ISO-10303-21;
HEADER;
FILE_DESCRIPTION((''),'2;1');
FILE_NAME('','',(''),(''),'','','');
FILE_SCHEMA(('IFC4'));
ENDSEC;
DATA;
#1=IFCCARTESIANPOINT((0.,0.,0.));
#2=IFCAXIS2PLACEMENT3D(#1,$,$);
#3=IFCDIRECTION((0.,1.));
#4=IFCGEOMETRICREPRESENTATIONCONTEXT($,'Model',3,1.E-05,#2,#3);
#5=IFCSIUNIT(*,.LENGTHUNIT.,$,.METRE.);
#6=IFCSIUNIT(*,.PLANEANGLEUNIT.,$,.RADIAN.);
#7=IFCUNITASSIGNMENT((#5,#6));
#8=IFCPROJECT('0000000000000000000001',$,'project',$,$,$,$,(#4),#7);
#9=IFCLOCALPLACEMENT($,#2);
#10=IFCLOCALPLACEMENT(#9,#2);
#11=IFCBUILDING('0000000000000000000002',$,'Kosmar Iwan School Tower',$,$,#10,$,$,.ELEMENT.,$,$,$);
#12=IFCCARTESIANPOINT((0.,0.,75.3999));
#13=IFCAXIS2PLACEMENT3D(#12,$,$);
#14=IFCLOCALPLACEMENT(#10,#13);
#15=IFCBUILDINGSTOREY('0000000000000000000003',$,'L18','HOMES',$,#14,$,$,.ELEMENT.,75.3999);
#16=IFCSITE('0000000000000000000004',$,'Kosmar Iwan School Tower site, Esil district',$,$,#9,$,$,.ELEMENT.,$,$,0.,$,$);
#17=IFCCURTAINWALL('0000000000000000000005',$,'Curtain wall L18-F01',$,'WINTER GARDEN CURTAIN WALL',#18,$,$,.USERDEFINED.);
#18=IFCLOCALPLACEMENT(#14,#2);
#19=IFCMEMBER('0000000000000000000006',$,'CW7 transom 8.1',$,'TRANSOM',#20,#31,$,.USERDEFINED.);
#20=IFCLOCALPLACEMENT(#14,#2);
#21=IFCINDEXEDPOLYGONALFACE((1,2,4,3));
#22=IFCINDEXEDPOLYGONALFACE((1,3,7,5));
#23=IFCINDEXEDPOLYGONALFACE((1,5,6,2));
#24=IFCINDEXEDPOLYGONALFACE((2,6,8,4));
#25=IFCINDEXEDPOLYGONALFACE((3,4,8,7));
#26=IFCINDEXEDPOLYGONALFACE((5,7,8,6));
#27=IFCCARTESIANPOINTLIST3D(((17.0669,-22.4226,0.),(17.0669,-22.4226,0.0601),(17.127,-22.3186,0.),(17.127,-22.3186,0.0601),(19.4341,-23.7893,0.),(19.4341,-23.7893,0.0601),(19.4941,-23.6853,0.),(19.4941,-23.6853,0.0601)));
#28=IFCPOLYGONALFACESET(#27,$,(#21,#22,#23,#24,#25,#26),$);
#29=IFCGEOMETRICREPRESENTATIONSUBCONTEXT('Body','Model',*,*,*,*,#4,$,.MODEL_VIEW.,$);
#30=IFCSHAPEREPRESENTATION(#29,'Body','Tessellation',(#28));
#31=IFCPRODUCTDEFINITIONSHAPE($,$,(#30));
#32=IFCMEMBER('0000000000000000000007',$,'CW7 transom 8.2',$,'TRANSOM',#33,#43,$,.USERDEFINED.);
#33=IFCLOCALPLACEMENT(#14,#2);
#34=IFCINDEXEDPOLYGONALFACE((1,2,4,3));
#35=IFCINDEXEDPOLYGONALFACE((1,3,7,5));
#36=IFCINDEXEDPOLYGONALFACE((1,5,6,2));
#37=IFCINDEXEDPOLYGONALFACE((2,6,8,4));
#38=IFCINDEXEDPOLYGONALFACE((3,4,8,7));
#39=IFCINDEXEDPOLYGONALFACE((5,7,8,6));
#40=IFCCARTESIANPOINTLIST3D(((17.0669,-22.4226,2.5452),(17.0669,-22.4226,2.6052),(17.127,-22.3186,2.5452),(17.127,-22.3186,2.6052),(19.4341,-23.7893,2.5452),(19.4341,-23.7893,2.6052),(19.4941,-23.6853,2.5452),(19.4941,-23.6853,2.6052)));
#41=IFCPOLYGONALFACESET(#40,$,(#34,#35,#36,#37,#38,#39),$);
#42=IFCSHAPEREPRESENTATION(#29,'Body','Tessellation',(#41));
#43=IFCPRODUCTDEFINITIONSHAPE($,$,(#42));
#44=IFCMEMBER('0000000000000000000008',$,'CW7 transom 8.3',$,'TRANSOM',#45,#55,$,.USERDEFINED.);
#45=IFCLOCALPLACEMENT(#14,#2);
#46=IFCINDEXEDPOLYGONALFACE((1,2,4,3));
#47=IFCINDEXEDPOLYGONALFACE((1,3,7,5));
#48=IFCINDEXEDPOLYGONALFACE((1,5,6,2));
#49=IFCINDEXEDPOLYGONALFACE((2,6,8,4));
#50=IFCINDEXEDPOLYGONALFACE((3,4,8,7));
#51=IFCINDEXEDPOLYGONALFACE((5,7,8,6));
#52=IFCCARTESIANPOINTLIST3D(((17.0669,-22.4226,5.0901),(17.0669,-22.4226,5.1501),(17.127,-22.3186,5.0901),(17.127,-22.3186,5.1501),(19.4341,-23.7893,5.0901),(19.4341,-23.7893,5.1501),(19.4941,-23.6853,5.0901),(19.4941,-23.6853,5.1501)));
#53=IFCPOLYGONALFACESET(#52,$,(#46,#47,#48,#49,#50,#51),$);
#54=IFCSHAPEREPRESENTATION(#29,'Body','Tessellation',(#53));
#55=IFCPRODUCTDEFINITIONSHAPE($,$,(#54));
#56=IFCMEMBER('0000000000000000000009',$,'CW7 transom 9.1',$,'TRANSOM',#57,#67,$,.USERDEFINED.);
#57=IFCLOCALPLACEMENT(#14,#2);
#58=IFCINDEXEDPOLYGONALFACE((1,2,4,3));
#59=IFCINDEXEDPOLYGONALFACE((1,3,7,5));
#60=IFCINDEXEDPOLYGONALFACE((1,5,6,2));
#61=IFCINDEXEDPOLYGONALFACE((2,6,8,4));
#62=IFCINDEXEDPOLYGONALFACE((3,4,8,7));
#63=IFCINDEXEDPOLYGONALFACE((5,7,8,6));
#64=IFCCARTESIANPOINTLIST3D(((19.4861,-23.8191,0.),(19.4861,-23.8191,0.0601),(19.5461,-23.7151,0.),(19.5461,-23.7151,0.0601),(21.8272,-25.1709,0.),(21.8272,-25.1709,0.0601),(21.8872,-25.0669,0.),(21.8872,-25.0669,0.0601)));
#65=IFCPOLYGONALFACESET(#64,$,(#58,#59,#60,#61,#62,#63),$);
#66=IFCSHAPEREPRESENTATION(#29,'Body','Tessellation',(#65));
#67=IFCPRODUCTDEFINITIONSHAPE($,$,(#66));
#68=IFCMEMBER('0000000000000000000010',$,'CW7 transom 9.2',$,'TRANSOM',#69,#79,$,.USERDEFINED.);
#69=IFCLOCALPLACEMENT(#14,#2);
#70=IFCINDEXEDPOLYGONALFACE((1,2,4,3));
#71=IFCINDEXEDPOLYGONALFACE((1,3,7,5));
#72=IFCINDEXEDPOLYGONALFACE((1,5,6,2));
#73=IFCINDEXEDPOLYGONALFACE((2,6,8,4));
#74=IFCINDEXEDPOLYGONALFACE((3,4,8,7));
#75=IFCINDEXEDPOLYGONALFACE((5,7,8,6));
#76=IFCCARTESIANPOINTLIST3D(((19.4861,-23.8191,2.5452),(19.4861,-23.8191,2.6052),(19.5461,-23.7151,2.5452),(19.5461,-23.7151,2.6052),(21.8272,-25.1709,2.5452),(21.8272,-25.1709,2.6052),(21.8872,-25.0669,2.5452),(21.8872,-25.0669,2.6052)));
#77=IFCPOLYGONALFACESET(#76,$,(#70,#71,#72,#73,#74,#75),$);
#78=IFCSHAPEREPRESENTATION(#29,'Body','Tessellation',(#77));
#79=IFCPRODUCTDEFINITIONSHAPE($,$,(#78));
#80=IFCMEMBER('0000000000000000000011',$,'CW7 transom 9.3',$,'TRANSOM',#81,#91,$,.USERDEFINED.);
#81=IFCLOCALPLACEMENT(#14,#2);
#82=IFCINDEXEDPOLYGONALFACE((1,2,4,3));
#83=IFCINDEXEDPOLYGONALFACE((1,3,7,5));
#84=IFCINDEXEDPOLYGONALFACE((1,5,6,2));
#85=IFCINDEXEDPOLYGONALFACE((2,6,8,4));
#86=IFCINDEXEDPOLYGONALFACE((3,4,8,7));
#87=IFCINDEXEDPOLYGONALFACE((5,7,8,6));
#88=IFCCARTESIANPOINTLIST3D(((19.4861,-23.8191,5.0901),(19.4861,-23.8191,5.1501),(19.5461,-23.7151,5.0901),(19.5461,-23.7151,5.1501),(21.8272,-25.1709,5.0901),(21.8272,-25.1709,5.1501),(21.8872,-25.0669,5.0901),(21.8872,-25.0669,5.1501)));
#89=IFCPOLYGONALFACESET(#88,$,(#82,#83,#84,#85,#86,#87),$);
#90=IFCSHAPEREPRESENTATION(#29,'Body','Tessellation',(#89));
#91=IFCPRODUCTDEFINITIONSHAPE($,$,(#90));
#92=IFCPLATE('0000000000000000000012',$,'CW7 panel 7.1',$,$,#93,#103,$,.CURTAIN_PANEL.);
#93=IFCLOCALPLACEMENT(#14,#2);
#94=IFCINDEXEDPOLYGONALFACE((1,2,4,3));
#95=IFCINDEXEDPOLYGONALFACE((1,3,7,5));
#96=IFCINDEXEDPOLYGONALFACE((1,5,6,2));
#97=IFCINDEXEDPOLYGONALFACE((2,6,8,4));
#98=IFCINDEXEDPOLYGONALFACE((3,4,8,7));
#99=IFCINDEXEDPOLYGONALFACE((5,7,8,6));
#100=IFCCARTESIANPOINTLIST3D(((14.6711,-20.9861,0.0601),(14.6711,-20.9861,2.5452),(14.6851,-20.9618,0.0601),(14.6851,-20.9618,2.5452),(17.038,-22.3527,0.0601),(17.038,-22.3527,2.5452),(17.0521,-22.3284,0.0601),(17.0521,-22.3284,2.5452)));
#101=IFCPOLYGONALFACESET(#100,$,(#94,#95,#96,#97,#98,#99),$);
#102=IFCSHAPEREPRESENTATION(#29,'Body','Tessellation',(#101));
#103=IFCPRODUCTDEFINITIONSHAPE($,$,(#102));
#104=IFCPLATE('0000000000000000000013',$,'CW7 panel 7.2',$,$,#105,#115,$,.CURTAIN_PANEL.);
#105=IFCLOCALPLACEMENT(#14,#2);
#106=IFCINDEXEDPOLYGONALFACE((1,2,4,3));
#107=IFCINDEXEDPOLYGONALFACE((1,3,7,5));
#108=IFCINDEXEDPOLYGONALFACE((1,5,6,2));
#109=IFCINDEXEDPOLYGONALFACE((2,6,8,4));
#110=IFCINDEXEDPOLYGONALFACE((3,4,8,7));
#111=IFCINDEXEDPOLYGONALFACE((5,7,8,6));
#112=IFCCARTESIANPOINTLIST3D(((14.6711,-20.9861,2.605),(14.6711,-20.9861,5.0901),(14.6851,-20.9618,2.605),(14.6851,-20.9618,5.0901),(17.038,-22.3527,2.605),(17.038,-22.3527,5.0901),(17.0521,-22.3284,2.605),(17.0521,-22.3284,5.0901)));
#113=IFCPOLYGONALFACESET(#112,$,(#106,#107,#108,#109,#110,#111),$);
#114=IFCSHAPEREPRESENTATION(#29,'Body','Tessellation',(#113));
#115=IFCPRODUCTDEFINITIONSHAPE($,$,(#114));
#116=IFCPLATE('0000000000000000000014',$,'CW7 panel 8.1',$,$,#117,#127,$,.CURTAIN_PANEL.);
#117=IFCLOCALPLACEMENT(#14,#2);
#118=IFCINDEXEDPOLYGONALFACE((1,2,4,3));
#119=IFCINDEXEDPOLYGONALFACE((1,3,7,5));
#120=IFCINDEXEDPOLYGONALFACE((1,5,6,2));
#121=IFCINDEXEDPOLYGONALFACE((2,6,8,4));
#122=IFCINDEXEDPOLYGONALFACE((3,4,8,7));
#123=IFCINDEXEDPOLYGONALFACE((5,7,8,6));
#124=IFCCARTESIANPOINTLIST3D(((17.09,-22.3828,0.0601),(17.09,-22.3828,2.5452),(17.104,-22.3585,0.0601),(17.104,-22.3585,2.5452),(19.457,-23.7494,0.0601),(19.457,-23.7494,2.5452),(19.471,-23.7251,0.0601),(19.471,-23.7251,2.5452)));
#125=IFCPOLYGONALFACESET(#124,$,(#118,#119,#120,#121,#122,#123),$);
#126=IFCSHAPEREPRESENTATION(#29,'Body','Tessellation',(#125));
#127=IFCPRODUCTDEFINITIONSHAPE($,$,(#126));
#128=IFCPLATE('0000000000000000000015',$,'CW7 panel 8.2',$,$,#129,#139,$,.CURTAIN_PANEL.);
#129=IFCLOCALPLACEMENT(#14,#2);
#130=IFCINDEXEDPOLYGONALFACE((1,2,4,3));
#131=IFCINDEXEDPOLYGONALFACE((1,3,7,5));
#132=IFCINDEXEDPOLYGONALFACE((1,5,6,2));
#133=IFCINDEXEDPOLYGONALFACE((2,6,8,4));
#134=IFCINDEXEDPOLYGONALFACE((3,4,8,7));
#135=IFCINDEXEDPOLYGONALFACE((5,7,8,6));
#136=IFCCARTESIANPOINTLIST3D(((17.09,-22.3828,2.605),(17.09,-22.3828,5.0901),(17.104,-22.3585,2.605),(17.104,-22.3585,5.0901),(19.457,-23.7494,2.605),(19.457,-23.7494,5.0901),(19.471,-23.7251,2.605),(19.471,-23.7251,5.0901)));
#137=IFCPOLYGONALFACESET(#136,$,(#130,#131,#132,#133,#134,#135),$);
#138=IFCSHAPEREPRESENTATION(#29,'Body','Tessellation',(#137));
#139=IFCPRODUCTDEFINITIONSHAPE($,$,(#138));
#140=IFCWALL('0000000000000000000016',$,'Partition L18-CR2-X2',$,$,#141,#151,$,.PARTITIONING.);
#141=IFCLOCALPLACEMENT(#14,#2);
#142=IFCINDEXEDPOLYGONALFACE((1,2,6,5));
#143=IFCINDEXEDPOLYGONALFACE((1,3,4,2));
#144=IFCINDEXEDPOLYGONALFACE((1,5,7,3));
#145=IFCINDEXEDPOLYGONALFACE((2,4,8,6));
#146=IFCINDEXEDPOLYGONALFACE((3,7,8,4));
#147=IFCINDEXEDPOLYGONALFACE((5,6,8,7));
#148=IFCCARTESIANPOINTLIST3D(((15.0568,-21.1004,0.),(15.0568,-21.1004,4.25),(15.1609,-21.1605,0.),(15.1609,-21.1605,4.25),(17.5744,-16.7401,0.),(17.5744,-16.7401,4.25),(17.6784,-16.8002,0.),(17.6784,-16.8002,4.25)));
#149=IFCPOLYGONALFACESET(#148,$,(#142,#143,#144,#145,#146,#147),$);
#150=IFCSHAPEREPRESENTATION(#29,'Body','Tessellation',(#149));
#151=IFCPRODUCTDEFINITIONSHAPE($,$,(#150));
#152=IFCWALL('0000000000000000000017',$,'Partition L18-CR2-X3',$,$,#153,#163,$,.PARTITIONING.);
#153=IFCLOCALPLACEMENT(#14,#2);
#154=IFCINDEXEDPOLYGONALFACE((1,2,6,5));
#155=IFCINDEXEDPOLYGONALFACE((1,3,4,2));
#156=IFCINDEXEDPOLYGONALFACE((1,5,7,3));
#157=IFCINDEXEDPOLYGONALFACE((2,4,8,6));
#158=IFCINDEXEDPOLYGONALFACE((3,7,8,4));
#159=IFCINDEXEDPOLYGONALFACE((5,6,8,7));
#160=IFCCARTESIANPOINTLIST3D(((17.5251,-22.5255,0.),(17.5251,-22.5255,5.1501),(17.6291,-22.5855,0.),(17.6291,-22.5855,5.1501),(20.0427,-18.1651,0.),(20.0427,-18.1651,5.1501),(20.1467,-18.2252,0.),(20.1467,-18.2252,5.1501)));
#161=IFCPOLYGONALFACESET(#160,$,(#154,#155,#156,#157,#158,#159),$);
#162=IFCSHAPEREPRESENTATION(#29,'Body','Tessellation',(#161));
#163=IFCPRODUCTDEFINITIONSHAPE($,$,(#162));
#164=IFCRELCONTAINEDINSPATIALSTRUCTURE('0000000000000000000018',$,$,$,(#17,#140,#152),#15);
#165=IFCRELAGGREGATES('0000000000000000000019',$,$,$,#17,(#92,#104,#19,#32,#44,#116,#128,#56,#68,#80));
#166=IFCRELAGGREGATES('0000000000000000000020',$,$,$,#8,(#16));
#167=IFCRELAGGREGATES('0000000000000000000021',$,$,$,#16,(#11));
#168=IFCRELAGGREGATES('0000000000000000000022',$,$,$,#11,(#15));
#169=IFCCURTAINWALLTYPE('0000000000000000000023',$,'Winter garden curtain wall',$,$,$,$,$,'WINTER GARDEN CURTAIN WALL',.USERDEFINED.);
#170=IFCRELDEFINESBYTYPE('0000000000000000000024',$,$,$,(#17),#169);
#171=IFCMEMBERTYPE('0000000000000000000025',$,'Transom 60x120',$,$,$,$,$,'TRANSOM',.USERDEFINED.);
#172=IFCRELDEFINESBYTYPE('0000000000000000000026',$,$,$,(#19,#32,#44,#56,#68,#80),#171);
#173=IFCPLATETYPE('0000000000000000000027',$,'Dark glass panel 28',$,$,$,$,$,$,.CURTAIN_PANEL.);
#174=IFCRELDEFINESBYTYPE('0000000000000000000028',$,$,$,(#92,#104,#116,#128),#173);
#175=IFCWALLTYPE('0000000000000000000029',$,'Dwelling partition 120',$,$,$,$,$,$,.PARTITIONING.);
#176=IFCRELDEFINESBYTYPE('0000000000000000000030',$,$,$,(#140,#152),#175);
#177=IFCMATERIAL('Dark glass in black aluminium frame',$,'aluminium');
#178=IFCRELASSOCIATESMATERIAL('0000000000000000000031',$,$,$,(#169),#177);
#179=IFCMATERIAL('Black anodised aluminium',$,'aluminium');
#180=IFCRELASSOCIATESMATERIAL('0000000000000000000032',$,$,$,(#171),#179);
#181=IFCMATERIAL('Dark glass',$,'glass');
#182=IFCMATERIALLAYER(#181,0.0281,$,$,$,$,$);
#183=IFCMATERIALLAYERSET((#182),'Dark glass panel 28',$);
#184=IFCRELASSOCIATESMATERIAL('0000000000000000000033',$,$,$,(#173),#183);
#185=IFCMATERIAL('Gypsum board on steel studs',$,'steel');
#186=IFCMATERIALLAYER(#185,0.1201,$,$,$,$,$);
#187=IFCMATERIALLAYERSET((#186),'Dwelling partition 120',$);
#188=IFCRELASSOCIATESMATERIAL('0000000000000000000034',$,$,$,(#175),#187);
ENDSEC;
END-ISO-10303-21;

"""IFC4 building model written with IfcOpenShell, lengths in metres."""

from ifc_helpers import new_model, si_unit, direction, frame, frame_2d, origin, origin_2d, place, context, subcontext, project, spatial, rectangle, extrude, material, layer, layer_set, material_profile, profile_set, type_object, element, aggregate, save


model = new_model("IFC4")

# Units and contexts
model_context = context("Model", 3, precision=1e-05, world=origin(), true_north=direction((0.0, 1.0)))
body_context = subcontext(model_context, "Body", "Model", "MODEL_VIEW")
ifc_project = project(units=[si_unit("LENGTHUNIT", "METRE"), si_unit("PLANEANGLEUNIT", "RADIAN")], contexts=[model_context])

# Site, building, storey
site_placement = place(None, origin())
site = spatial("IfcSite", under=ifc_project, at=site_placement, Name="Kosmar Iwan School Tower site, Esil district", CompositionType="ELEMENT", RefElevation=0.0)
building_placement = place(site_placement, origin())
building = spatial("IfcBuilding", under=site, at=building_placement, Name="Kosmar Iwan School Tower", CompositionType="ELEMENT")
storey_placement = place(building_placement, frame((0.0, 0.0, 75.3999)))
storey = spatial("IfcBuildingStorey", under=building, at=storey_placement, Name="L18", Description="HOMES", CompositionType="ELEMENT", Elevation=75.3999)

# Curtain wall
ifc_material_1 = material(Name="Dark glass in black aluminium frame", Category="aluminium")
curtain_wall_type = type_object("IfcCurtainWallType", Name="Winter garden curtain wall", ElementType="WINTER GARDEN CURTAIN WALL", PredefinedType="USERDEFINED", material=ifc_material_1)
curtain_wall_placement = place(storey_placement, origin())
curtain_wall = element("IfcCurtainWall", 1, at=curtain_wall_placement, inside=storey, type_object=curtain_wall_type, Name="Curtain wall L18-F01", ObjectType="WINTER GARDEN CURTAIN WALL", PredefinedType="USERDEFINED")

# Members
ifc_material_2 = material(Name="Black anodised aluminium", Category="aluminium")
ifc_material_profile_1 = material_profile(ifc_material_2, rectangle(XDim=0.1201, YDim=0.0601, at=origin_2d()), Name="TRANSOM 60x120")
ifc_profile_set_1 = profile_set([ifc_material_profile_1], Name="Black anodised aluminium")
member_type_1 = type_object("IfcMemberType", Name="Transom 60x120", ElementType="TRANSOM", PredefinedType="USERDEFINED", material=ifc_profile_set_1)
member_1_placement = place(storey_placement, frame((17.0969, -22.3706, 0.03), z_axis=(0.866025, -0.500001, 0.0), x_axis=(0.500001, 0.866025, 0.0)))
member_1 = element("IfcMember", 2, at=member_1_placement, type_object=member_type_1, Name="CW7 transom 8.1", ObjectType="TRANSOM", PredefinedType="USERDEFINED", context=body_context, shape_type="SweptSolid", body=[
    extrude(rectangle(XDim=0.1201, YDim=0.0601, at=origin_2d()), origin(), (0.0, 0.0, 1.0), 2.7334),
])
member_2_placement = place(storey_placement, frame((17.0969, -22.3706, 2.5752), z_axis=(0.866025, -0.500001, 0.0), x_axis=(0.500001, 0.866025, 0.0)))
member_2 = element("IfcMember", 3, at=member_2_placement, type_object=member_type_1, Name="CW7 transom 8.2", ObjectType="TRANSOM", PredefinedType="USERDEFINED", context=body_context, shape_type="SweptSolid", body=[
    extrude(rectangle(XDim=0.1201, YDim=0.0601, at=origin_2d()), origin(), (0.0, 0.0, 1.0), 2.7334),
])
member_3_placement = place(storey_placement, frame((17.0969, -22.3706, 5.1201), z_axis=(0.866025, -0.500001, 0.0), x_axis=(0.500001, 0.866025, 0.0)))
member_3 = element("IfcMember", 4, at=member_3_placement, type_object=member_type_1, Name="CW7 transom 8.3", ObjectType="TRANSOM", PredefinedType="USERDEFINED", context=body_context, shape_type="SweptSolid", body=[
    extrude(rectangle(XDim=0.1201, YDim=0.0601, at=origin_2d()), origin(), (0.0, 0.0, 1.0), 2.7334),
])
member_4_placement = place(storey_placement, frame((19.5161, -23.7671, 0.03), z_axis=(0.865995, -0.500053, 0.0), x_axis=(0.500053, 0.865995, 0.0)))
member_4 = element("IfcMember", 5, at=member_4_placement, type_object=member_type_1, Name="CW7 transom 9.1", ObjectType="TRANSOM", PredefinedType="USERDEFINED", context=body_context, shape_type="SweptSolid", body=[
    extrude(rectangle(XDim=0.1201, YDim=0.0601, at=origin_2d()), origin(), (0.0, 0.0, 1.0), 2.7034),
])
member_5_placement = place(storey_placement, frame((19.5161, -23.7671, 2.5752), z_axis=(0.865995, -0.500053, 0.0), x_axis=(0.500053, 0.865995, 0.0)))
member_5 = element("IfcMember", 6, at=member_5_placement, type_object=member_type_1, Name="CW7 transom 9.2", ObjectType="TRANSOM", PredefinedType="USERDEFINED", context=body_context, shape_type="SweptSolid", body=[
    extrude(rectangle(XDim=0.1201, YDim=0.0601, at=origin_2d()), origin(), (0.0, 0.0, 1.0), 2.7034),
])
member_6_placement = place(storey_placement, frame((19.5161, -23.7671, 5.1201), z_axis=(0.865995, -0.500053, 0.0), x_axis=(0.500053, 0.865995, 0.0)))
member_6 = element("IfcMember", 7, at=member_6_placement, type_object=member_type_1, Name="CW7 transom 9.3", ObjectType="TRANSOM", PredefinedType="USERDEFINED", context=body_context, shape_type="SweptSolid", body=[
    extrude(rectangle(XDim=0.1201, YDim=0.0601, at=origin_2d()), origin(), (0.0, 0.0, 1.0), 2.7034),
])

# Plates
ifc_material_3 = material(Name="Dark glass", Category="glass")
ifc_layer_1 = layer(ifc_material_3, 0.0281)
ifc_layer_set_1 = layer_set([ifc_layer_1], Name="Dark glass panel 28")
plate_type = type_object("IfcPlateType", Name="Dark glass panel 28", PredefinedType="CURTAIN_PANEL", material=ifc_layer_set_1)
plate_1_placement = place(storey_placement, frame((15.8616, -21.6572, 0.0601), z_axis=(0.0, 0.0, 1.0), x_axis=(0.866025, -0.5, 0.0)))
plate_1 = element("IfcPlate", 8, at=plate_1_placement, type_object=plate_type, Name="CW7 panel 7.1", PredefinedType="CURTAIN_PANEL", context=body_context, shape_type="SweptSolid", body=[
    extrude(rectangle(XDim=2.7332, YDim=0.0281, at=origin_2d()), origin(), (0.0, 0.0, 1.0), 2.4851),
])
plate_2_placement = place(storey_placement, frame((15.8616, -21.6572, 2.605), z_axis=(0.0, 0.0, 1.0), x_axis=(0.866025, -0.5, 0.0)))
plate_2 = element("IfcPlate", 9, at=plate_2_placement, type_object=plate_type, Name="CW7 panel 7.2", PredefinedType="CURTAIN_PANEL", context=body_context, shape_type="SweptSolid", body=[
    extrude(rectangle(XDim=2.7332, YDim=0.0281, at=origin_2d()), origin(), (0.0, 0.0, 1.0), 2.4851),
])
plate_3_placement = place(storey_placement, frame((18.2805, -23.054, 0.0601), z_axis=(0.0, 0.0, 1.0), x_axis=(0.866025, -0.5, 0.0)))
plate_3 = element("IfcPlate", 10, at=plate_3_placement, type_object=plate_type, Name="CW7 panel 8.1", PredefinedType="CURTAIN_PANEL", context=body_context, shape_type="SweptSolid", body=[
    extrude(rectangle(XDim=2.7332, YDim=0.0281, at=origin_2d()), origin(), (0.0, 0.0, 1.0), 2.4851),
])
plate_4_placement = place(storey_placement, frame((18.2805, -23.054, 2.605), z_axis=(0.0, 0.0, 1.0), x_axis=(0.866025, -0.5, 0.0)))
plate_4 = element("IfcPlate", 11, at=plate_4_placement, type_object=plate_type, Name="CW7 panel 8.2", PredefinedType="CURTAIN_PANEL", context=body_context, shape_type="SweptSolid", body=[
    extrude(rectangle(XDim=2.7332, YDim=0.0281, at=origin_2d()), origin(), (0.0, 0.0, 1.0), 2.4851),
])
aggregate(curtain_wall, [plate_1, plate_2, member_1, member_2, member_3, plate_3, plate_4, member_4, member_5, member_6])

# Walls
ifc_material_4 = material(Name="Gypsum board on steel studs", Category="steel")
ifc_layer_2 = layer(ifc_material_4, 0.1201)
ifc_layer_set_2 = layer_set([ifc_layer_2], Name="Dwelling partition 120")
wall_type = type_object("IfcWallType", Name="Dwelling partition 120", PredefinedType="PARTITIONING", material=ifc_layer_set_2)
wall_1_placement = place(storey_placement, frame((17.6265, -16.77, 0.0), z_axis=(0.0, 0.0, 1.0), x_axis=(-0.500019, -0.866014, 0.0)))
element("IfcWall", 12, at=wall_1_placement, inside=storey, type_object=wall_type, Name="Partition L18-CR2-X2", PredefinedType="PARTITIONING", context=body_context, shape_type="SweptSolid", body=[
    extrude(rectangle(XDim=5.0349, YDim=0.1201, at=frame_2d((2.5176, 0.0))), origin(), (0.0, 0.0, 1.0), 4.25),
])
wall_2_placement = place(storey_placement, frame((20.0947, -18.1951, 0.0), z_axis=(0.0, 0.0, 1.0), x_axis=(-0.500019, -0.866014, 0.0)))
element("IfcWall", 13, at=wall_2_placement, inside=storey, type_object=wall_type, Name="Partition L18-CR2-X3", PredefinedType="PARTITIONING", context=body_context, shape_type="SweptSolid", body=[
    extrude(rectangle(XDim=5.0349, YDim=0.1201, at=frame_2d((2.5176, 0.0))), origin(), (0.0, 0.0, 1.0), 5.1501),
])

save(model, "model.ifc")
